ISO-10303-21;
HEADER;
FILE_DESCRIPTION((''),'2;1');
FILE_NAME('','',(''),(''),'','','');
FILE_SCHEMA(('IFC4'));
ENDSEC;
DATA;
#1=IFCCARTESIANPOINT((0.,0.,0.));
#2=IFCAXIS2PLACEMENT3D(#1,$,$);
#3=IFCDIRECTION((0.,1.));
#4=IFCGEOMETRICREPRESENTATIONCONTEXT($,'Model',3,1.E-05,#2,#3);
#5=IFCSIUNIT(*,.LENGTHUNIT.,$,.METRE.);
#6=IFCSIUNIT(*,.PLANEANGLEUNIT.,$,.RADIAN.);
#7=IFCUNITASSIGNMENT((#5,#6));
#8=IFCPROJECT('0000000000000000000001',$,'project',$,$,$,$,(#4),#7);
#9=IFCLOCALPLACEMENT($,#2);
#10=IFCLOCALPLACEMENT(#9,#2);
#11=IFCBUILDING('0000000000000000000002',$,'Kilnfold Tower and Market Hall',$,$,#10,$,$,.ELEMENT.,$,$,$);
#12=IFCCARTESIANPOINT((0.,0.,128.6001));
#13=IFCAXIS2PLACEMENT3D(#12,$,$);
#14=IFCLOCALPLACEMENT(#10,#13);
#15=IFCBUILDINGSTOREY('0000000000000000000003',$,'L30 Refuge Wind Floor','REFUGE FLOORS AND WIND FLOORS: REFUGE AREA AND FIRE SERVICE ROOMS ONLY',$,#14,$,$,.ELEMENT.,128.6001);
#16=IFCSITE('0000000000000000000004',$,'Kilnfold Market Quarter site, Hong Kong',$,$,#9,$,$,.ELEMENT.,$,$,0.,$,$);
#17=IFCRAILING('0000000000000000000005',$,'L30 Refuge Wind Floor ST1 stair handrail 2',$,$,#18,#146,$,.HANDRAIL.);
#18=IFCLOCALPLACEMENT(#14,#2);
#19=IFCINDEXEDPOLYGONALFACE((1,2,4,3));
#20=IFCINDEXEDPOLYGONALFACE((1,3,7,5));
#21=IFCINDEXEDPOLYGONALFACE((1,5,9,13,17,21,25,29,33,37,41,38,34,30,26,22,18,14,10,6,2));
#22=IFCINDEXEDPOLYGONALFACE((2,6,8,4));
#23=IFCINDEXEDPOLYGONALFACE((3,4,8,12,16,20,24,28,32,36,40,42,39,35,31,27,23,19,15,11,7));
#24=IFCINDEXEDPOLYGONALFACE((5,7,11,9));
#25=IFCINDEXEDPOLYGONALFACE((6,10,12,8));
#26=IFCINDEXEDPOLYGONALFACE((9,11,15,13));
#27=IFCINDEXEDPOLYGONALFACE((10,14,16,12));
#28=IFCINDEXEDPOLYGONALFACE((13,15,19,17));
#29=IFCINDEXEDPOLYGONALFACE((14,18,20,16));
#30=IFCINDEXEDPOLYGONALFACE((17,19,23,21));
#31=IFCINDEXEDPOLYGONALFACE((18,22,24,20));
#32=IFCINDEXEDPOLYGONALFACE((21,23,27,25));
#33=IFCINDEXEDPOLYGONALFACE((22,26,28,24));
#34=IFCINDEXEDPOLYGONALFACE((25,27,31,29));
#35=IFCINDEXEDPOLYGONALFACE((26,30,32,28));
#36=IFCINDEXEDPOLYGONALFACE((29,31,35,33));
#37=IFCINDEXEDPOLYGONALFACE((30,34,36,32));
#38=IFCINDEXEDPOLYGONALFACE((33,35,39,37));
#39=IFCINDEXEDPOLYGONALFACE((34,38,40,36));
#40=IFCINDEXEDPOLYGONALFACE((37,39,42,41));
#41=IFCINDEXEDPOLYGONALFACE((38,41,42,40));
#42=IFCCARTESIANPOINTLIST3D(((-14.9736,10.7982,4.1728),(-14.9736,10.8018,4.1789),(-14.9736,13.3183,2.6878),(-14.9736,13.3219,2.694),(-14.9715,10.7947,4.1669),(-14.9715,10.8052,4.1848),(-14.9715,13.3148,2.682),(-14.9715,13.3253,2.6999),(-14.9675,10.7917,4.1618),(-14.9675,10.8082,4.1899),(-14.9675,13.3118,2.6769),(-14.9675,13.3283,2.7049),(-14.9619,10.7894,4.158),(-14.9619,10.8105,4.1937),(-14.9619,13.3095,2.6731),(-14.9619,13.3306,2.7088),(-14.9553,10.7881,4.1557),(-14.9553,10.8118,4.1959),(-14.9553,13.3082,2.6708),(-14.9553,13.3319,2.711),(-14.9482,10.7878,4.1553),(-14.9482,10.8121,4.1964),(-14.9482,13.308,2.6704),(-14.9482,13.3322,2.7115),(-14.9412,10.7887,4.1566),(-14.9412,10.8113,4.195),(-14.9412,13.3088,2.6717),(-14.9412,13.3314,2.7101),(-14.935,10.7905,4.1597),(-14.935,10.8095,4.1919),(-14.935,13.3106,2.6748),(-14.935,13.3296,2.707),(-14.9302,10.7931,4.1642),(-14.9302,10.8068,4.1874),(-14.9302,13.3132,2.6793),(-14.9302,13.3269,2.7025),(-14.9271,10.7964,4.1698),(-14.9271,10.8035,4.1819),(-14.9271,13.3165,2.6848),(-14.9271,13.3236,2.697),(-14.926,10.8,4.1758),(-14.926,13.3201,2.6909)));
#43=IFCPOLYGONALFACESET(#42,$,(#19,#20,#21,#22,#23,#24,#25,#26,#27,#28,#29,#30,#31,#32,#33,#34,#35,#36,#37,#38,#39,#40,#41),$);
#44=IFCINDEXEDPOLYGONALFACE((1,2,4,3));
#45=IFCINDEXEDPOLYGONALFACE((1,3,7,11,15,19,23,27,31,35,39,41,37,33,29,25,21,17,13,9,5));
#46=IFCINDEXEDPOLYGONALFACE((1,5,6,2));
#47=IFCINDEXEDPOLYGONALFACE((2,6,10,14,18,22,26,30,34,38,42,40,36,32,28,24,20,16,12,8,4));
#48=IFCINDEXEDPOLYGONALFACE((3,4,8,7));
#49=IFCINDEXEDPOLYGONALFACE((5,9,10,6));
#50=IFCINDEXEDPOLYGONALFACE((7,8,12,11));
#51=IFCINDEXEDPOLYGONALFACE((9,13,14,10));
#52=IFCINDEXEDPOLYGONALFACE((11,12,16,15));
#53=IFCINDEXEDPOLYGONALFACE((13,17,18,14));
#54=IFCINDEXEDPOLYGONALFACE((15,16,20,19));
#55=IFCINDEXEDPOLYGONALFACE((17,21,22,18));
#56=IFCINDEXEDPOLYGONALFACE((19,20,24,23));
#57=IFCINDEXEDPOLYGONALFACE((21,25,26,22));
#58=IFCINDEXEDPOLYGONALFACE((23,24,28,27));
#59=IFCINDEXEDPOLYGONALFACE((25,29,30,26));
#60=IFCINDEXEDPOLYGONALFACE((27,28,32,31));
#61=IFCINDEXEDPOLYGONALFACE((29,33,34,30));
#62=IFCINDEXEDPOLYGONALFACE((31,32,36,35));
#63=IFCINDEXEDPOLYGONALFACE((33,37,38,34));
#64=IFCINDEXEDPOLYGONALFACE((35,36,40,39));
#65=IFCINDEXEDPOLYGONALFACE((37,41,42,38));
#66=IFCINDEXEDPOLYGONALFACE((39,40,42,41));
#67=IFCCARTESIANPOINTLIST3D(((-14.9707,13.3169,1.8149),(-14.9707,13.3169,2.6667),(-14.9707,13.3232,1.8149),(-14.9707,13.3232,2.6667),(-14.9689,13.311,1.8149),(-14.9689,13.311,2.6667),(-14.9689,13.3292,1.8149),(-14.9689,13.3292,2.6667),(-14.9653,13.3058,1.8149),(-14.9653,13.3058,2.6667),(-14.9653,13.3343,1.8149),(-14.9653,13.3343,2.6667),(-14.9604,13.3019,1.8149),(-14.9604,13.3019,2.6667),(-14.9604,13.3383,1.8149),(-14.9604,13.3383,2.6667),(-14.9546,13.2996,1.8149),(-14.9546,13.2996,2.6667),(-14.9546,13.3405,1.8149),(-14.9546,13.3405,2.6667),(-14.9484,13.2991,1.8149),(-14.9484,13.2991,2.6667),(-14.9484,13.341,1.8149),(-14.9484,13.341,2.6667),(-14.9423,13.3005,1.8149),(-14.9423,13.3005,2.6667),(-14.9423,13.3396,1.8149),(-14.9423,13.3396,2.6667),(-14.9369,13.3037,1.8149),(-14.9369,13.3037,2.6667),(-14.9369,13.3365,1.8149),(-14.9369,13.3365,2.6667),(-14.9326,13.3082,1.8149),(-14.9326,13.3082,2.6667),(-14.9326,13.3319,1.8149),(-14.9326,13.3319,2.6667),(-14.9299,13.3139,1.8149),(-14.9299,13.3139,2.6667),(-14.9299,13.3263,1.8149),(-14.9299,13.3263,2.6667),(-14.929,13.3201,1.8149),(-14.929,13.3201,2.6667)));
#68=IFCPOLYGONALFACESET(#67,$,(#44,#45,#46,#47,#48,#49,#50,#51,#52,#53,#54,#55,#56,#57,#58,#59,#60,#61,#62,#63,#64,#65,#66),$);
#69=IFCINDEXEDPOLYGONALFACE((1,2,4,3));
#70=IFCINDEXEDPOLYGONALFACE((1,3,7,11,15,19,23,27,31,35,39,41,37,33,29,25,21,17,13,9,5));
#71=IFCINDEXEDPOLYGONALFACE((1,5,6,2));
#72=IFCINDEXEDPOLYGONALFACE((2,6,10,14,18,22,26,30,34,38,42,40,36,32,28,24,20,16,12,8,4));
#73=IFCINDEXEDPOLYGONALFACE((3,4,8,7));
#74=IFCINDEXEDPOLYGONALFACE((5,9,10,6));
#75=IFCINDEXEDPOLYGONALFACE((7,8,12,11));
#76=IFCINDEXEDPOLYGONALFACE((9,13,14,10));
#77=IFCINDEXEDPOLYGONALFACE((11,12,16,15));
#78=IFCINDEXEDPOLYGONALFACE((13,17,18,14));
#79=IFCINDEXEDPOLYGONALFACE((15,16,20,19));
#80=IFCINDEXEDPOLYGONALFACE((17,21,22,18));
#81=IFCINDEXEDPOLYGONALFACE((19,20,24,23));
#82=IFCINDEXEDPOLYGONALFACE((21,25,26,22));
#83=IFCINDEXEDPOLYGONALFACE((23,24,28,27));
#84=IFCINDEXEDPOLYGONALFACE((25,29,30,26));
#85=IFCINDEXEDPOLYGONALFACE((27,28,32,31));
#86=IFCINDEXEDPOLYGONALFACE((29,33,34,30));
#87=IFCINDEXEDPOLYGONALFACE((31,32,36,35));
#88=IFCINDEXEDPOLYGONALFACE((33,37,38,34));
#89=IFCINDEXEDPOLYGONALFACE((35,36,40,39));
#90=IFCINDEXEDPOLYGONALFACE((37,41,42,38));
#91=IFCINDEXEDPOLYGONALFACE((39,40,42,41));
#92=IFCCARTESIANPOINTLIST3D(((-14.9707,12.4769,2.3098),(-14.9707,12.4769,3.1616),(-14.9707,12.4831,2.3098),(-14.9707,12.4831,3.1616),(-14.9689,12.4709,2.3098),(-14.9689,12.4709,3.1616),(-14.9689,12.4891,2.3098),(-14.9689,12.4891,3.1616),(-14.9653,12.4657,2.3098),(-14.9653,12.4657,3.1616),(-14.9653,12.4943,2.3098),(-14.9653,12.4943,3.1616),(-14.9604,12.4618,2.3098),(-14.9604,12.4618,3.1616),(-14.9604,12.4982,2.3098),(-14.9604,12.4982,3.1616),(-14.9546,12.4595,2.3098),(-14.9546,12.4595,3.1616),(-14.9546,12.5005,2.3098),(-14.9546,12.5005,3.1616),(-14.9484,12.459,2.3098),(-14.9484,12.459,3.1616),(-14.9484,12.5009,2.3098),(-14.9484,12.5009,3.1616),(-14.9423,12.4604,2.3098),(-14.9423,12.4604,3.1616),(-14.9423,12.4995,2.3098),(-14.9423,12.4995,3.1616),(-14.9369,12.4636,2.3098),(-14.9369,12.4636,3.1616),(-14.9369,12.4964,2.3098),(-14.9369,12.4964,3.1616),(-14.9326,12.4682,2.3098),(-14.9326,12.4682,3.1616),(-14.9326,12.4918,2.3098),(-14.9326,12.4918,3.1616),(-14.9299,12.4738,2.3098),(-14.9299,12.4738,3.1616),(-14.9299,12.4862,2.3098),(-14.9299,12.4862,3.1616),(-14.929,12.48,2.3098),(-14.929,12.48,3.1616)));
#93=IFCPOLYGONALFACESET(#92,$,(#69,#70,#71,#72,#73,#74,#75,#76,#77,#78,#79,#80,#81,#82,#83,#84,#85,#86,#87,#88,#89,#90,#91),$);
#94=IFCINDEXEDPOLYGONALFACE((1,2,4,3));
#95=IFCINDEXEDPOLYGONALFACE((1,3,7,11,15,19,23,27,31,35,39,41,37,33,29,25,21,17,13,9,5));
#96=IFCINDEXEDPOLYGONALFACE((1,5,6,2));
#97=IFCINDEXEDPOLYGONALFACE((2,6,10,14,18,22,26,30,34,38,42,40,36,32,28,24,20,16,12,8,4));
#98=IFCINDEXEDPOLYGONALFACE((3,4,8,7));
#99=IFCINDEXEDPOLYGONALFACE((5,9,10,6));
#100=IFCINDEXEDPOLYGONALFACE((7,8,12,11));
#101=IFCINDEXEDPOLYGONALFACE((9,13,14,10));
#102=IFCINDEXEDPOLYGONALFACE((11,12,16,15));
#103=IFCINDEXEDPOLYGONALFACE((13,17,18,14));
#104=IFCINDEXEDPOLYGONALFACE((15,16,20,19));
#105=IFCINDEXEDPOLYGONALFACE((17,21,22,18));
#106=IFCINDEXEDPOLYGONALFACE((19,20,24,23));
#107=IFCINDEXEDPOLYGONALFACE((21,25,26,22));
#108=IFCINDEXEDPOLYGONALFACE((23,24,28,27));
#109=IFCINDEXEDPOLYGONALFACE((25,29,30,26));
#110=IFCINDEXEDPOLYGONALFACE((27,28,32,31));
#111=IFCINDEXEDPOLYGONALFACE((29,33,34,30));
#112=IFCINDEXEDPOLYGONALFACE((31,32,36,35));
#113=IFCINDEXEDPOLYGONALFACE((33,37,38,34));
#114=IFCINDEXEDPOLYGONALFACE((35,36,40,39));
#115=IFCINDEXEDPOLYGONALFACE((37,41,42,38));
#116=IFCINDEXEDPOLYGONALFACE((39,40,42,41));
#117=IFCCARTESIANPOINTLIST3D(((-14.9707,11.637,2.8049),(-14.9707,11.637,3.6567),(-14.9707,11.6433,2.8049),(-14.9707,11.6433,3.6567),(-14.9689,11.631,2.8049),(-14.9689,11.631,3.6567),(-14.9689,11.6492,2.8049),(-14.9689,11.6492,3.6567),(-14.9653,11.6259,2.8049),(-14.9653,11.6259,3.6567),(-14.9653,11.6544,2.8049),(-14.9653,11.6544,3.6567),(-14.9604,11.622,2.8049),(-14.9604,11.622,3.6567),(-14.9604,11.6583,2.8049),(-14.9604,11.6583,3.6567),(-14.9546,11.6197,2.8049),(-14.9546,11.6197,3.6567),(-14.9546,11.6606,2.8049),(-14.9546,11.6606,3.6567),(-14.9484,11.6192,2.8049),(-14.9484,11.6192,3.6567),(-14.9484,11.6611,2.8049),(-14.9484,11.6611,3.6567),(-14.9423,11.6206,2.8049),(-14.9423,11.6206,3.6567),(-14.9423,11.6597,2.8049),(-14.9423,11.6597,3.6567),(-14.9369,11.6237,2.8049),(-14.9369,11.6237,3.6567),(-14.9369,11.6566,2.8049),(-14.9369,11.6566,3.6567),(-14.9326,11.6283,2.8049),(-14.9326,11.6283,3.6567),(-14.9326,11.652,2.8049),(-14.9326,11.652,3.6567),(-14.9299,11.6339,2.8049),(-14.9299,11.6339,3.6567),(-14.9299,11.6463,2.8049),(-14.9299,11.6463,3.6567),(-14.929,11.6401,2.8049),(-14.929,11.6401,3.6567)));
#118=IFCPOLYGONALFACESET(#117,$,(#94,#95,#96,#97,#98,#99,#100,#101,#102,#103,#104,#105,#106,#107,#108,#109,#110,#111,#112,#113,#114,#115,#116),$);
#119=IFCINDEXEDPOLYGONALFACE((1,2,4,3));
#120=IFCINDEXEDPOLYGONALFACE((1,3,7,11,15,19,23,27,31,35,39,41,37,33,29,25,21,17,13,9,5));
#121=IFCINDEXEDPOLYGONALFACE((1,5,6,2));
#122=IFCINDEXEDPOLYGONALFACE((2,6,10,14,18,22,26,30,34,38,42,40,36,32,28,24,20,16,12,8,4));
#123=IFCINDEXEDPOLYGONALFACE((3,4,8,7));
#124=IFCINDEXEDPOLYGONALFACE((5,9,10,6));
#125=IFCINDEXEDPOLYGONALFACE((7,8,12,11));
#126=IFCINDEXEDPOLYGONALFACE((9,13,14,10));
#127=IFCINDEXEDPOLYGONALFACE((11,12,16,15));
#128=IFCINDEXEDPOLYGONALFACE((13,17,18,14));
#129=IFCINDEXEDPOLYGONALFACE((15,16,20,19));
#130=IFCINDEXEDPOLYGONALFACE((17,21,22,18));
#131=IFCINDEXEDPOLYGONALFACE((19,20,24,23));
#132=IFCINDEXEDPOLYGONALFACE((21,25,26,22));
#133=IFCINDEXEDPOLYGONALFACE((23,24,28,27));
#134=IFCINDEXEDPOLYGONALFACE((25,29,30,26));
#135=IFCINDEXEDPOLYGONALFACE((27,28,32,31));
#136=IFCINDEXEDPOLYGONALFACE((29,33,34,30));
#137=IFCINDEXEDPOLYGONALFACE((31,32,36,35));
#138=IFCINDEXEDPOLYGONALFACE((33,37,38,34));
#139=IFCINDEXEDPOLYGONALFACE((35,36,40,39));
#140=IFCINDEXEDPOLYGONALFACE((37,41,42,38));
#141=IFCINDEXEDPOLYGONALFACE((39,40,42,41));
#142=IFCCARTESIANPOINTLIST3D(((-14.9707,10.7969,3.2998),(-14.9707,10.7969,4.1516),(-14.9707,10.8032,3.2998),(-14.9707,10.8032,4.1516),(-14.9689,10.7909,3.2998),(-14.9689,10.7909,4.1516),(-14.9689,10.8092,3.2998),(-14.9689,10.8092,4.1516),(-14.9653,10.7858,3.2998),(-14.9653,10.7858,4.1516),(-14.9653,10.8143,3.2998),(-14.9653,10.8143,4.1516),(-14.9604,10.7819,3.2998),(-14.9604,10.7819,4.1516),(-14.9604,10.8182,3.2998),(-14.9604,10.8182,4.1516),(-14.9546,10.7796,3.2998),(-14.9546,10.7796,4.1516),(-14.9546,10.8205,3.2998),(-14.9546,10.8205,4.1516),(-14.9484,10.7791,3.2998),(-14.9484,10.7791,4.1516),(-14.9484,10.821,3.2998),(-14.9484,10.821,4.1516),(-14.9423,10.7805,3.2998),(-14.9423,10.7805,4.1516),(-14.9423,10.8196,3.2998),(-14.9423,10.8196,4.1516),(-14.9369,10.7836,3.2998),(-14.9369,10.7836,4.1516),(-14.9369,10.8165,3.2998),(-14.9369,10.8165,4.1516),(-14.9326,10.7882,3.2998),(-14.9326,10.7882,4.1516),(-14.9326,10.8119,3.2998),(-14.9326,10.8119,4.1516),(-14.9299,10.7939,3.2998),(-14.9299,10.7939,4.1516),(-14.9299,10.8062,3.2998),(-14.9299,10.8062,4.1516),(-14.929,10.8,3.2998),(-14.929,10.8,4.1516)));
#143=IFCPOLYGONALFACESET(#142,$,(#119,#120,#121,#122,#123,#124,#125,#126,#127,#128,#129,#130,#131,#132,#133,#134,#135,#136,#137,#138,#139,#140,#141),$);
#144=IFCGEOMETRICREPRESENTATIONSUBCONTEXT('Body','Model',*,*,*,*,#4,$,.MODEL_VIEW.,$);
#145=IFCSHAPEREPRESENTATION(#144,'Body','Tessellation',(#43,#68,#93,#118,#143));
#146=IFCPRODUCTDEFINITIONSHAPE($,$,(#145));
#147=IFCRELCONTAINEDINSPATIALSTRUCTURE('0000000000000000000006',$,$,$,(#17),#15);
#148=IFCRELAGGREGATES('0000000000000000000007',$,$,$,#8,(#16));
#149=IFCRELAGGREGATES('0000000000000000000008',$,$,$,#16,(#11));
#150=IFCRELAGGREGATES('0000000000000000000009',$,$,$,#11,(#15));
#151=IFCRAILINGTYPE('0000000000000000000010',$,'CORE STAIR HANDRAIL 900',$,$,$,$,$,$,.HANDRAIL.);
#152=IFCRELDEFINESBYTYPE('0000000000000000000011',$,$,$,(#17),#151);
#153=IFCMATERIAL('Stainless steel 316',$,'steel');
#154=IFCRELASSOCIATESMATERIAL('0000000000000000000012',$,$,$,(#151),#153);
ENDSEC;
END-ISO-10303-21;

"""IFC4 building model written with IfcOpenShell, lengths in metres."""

from ifc_helpers import new_model, si_unit, direction, frame, origin, origin_2d, place, context, subcontext, project, spatial, circle, extrude, material, type_object, element, save


model = new_model("IFC4")

# Units and contexts
model_context = context("Model", 3, precision=1e-05, world=origin(), true_north=direction((0.0, 1.0)))
body_context = subcontext(model_context, "Body", "Model", "MODEL_VIEW")
ifc_project = project(units=[si_unit("LENGTHUNIT", "METRE"), si_unit("PLANEANGLEUNIT", "RADIAN")], contexts=[model_context])

# Site, building, storey
site_placement = place(None, origin())
site = spatial("IfcSite", under=ifc_project, at=site_placement, Name="Kilnfold Market Quarter site, Hong Kong", CompositionType="ELEMENT", RefElevation=0.0)
building_placement = place(site_placement, origin())
building = spatial("IfcBuilding", under=site, at=building_placement, Name="Kilnfold Tower and Market Hall", CompositionType="ELEMENT")
storey_placement = place(building_placement, frame((0.0, 0.0, 128.6001)))
storey = spatial("IfcBuildingStorey", under=building, at=storey_placement, Name="L30 Refuge Wind Floor", Description="REFUGE FLOORS AND WIND FLOORS: REFUGE AREA AND FIRE SERVICE ROOMS ONLY", CompositionType="ELEMENT", Elevation=128.6001)

# Railing
ifc_material_1 = material(Name="Stainless steel 316", Category="steel")
railing_type_1 = type_object("IfcRailingType", Name="CORE STAIR HANDRAIL 900", PredefinedType="HANDRAIL", material=ifc_material_1)
railing_1_placement = place(storey_placement, frame((-14.95, 13.3201, 1.8149)))
element("IfcRailing", 1, at=railing_1_placement, inside=storey, type_object=railing_type_1, Name="L30 Refuge Wind Floor ST1 stair handrail 2", PredefinedType="HANDRAIL", context=body_context, shape_type="SweptSolid", body=[
    extrude(circle(Radius=0.0239, at=origin_2d()), frame((0.0, 0.0, 0.876), z_axis=(0.0, -0.861561, 0.507655), x_axis=(1.0, 0.0, 0.0)), (0.0, 0.0, 1.0), 2.925),
    extrude(circle(Radius=0.021, at=origin_2d()), origin(), (0.0, 0.0, 1.0), 0.8518),
    extrude(circle(Radius=0.021, at=origin_2d()), frame((0.0, -0.8401, 0.4949)), (0.0, 0.0, 1.0), 0.8518),
    extrude(circle(Radius=0.021, at=origin_2d()), frame((0.0, -1.6799, 0.99)), (0.0, 0.0, 1.0), 0.8518),
    extrude(circle(Radius=0.021, at=origin_2d()), frame((0.0, -2.52, 1.4849)), (0.0, 0.0, 1.0), 0.8518),
])

save(model, "model.ifc")
